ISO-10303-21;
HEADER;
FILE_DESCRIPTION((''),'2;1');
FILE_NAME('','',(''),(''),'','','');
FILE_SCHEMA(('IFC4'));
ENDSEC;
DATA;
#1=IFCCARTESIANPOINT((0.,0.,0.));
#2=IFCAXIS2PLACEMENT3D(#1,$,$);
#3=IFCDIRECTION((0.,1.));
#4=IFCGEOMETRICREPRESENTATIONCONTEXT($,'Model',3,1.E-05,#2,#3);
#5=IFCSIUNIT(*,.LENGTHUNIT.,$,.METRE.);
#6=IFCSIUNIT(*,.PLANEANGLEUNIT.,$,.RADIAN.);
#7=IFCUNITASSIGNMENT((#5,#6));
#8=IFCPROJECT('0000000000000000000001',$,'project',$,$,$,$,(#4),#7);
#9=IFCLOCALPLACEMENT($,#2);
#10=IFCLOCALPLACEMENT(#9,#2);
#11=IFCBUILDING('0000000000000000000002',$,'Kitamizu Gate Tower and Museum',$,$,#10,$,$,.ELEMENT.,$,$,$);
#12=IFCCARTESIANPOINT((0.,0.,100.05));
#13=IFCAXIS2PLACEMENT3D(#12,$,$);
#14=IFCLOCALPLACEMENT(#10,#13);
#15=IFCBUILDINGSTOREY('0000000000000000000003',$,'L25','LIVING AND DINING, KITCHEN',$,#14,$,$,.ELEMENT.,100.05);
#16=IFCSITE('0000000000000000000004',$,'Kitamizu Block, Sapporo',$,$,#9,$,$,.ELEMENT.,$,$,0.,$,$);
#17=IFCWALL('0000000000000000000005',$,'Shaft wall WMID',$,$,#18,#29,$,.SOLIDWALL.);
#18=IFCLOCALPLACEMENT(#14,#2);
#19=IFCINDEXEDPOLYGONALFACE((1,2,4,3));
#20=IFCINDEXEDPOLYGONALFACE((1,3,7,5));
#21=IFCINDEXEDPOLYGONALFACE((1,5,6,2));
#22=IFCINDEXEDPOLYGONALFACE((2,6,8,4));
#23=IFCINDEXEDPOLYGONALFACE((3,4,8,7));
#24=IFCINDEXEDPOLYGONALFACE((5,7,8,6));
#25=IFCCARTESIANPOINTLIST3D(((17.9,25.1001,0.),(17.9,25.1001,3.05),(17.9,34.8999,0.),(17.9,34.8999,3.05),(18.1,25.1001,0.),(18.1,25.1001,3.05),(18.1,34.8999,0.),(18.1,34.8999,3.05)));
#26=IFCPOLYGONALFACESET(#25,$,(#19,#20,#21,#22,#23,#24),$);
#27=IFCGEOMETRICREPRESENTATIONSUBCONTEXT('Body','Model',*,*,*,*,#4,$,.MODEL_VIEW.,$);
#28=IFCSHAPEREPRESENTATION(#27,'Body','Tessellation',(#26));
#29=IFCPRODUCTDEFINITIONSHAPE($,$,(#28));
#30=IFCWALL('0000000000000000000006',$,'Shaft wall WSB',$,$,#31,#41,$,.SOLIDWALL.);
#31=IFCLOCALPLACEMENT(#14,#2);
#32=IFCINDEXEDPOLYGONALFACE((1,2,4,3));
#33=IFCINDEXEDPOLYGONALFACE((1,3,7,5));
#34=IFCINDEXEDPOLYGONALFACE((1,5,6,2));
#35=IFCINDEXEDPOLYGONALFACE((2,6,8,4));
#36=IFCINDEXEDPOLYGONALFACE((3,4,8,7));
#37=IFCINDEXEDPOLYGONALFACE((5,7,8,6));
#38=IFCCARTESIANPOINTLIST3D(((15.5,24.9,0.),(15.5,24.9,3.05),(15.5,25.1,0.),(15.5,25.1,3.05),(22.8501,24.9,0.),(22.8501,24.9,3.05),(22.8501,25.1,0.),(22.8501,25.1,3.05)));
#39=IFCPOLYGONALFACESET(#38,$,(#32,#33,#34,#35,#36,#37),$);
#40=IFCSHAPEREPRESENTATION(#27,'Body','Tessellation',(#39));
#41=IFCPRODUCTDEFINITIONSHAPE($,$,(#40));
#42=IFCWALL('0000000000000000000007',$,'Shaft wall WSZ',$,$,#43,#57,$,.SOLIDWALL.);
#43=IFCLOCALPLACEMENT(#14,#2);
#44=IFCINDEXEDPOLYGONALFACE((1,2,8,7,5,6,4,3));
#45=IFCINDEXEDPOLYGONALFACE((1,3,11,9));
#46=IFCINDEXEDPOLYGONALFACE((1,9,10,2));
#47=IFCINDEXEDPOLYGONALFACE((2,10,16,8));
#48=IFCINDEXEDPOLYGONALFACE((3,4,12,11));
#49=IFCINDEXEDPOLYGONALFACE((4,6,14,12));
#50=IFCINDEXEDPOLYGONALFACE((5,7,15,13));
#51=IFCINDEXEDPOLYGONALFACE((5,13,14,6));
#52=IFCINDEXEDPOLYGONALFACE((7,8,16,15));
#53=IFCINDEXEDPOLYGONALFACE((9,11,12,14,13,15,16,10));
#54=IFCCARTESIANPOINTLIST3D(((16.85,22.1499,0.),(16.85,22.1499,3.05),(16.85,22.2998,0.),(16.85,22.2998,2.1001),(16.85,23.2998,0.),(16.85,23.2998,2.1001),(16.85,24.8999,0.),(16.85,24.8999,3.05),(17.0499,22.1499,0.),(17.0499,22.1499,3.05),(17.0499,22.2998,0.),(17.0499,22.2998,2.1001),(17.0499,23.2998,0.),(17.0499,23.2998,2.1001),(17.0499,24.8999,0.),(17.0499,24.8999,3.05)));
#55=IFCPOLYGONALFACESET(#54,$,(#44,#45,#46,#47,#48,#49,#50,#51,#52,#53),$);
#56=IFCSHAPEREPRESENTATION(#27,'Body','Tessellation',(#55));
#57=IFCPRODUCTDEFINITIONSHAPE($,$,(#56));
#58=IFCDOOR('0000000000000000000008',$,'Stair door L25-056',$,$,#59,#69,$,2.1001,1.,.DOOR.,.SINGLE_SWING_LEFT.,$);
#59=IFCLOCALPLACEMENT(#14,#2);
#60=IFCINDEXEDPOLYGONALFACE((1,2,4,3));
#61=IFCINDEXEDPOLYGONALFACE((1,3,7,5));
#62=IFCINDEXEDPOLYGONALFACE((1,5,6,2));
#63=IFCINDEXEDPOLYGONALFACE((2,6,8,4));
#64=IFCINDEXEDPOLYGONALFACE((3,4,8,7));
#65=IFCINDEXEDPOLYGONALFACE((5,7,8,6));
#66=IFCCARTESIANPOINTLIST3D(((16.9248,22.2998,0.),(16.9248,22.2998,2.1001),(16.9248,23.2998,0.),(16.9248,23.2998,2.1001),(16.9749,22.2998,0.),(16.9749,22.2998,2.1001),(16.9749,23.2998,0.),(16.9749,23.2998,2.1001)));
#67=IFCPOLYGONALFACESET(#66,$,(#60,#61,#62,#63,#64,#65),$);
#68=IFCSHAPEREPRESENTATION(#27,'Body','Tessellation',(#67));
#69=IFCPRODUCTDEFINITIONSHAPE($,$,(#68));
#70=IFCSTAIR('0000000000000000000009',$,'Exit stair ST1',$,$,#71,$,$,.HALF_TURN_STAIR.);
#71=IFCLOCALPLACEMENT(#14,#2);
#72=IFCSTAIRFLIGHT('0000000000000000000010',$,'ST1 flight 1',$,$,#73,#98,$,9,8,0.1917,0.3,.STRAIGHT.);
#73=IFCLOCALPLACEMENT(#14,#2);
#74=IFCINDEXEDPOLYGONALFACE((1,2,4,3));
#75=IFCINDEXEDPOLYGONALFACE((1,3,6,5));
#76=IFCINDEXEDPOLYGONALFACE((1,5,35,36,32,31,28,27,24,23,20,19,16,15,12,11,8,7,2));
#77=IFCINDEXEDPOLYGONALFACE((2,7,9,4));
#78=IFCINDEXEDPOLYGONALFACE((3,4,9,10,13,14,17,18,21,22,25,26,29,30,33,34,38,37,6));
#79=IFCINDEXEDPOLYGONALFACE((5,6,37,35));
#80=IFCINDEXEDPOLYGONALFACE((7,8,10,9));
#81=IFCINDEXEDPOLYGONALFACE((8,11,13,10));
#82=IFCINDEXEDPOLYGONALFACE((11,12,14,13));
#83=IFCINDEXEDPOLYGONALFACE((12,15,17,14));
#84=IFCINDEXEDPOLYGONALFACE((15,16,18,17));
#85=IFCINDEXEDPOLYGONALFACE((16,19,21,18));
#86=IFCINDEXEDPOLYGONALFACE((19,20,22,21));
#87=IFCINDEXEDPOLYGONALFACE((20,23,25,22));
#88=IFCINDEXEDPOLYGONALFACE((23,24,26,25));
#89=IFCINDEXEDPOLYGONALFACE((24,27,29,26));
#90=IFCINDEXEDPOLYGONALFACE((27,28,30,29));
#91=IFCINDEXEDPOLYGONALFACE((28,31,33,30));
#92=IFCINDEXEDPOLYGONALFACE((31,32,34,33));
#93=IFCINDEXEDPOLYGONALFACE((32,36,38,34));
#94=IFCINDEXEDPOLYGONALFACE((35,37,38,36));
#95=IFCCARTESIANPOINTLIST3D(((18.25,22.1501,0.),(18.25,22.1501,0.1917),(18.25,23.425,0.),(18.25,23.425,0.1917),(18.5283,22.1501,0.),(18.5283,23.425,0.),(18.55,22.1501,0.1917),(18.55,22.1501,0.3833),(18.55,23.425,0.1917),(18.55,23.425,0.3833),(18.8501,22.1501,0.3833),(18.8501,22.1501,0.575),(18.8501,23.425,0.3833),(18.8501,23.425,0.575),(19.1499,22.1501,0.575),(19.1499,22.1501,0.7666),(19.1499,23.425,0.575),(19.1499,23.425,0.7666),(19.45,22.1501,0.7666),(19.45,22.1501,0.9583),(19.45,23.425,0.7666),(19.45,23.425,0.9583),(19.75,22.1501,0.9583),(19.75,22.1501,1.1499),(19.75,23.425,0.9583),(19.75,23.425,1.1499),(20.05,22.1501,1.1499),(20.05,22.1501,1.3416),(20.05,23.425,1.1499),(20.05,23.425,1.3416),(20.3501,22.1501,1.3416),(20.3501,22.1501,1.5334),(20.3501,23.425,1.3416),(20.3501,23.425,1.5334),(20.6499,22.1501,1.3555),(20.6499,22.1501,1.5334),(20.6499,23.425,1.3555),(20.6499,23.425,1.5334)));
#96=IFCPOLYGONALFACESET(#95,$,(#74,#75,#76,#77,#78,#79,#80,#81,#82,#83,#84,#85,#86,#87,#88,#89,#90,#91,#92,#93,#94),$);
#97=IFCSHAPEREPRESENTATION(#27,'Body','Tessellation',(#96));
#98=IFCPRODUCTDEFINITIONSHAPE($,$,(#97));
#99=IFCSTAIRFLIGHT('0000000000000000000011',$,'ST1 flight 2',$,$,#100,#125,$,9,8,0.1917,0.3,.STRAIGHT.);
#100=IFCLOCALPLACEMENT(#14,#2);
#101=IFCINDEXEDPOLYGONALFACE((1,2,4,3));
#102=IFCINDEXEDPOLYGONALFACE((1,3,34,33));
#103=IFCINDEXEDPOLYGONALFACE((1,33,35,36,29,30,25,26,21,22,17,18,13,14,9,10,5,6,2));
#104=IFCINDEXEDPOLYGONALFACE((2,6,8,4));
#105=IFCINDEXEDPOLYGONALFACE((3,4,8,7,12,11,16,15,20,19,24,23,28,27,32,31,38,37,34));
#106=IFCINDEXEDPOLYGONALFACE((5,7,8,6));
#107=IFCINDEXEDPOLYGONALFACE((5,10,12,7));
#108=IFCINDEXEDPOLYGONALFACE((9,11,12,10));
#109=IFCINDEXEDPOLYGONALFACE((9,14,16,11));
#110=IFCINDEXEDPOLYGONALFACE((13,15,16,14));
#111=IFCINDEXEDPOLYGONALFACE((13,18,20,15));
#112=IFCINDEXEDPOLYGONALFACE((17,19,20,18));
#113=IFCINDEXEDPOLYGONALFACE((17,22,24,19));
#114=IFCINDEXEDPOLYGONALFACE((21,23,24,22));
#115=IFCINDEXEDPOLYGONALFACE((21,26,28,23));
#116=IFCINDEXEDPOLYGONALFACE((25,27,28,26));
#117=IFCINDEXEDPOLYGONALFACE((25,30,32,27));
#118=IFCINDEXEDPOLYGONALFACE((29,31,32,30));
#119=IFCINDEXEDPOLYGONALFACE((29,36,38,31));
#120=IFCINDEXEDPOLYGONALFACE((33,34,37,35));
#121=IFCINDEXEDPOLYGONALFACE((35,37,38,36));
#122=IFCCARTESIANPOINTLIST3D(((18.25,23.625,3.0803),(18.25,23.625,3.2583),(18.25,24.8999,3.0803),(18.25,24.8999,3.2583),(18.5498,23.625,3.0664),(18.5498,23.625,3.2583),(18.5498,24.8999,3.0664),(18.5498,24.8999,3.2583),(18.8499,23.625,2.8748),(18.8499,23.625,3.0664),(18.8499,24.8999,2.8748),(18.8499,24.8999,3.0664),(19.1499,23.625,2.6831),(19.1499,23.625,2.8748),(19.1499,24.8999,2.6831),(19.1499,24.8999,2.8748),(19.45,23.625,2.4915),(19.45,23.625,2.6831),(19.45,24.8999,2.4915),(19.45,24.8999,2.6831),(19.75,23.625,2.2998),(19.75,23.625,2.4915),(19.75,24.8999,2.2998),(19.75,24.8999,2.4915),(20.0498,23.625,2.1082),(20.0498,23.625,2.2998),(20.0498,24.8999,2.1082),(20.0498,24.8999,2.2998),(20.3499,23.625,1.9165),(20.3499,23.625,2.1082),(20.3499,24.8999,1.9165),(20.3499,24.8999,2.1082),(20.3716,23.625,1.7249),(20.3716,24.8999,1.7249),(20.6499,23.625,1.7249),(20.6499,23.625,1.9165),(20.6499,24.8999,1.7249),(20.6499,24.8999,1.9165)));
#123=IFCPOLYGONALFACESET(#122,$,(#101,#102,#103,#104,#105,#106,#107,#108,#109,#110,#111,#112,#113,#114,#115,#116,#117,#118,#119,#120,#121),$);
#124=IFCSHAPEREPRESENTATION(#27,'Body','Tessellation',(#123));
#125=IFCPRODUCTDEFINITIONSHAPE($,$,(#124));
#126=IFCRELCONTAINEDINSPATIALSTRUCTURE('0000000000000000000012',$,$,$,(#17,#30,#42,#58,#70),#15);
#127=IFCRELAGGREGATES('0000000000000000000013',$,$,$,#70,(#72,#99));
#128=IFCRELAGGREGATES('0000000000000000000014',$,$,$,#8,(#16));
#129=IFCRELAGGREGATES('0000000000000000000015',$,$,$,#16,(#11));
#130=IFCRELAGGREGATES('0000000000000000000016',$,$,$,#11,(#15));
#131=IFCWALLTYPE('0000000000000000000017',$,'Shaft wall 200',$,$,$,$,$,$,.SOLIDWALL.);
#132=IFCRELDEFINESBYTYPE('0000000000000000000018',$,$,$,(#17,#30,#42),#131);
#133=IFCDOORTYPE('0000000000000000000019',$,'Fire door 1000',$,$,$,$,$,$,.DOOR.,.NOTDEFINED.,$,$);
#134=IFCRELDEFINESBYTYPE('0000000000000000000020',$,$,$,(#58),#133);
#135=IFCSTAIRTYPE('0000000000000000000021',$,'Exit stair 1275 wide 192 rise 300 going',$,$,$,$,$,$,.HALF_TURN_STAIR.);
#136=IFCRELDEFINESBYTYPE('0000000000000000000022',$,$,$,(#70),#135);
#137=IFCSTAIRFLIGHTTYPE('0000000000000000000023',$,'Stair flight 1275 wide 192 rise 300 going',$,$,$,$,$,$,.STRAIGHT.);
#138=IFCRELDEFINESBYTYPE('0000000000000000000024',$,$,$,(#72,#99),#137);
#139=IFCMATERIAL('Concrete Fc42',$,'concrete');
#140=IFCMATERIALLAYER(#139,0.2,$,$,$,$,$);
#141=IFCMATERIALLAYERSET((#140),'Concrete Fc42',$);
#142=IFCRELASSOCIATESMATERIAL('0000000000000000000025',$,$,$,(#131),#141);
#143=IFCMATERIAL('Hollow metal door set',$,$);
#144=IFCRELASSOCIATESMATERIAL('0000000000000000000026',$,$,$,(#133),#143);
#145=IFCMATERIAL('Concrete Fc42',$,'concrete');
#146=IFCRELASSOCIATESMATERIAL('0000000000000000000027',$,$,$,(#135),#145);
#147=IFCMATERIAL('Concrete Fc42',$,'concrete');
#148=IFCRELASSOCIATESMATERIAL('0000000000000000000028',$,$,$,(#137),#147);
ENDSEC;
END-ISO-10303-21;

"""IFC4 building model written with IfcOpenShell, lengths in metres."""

from ifc_helpers import new_model, si_unit, direction, frame, frame_2d, origin, place, context, subcontext, project, spatial, polyline, rectangle, outline, extrude, material, layer, layer_set, type_object, element, fill, aggregate, save


model = new_model("IFC4")

# Units and contexts
model_context = context("Model", 3, precision=1e-05, world=origin(), true_north=direction((0.0, 1.0)))
body_context = subcontext(model_context, "Body", "Model", "MODEL_VIEW")
ifc_project = project(units=[si_unit("LENGTHUNIT", "METRE"), si_unit("PLANEANGLEUNIT", "RADIAN")], contexts=[model_context])

# Site, building, storey
site_placement = place(None, origin())
site = spatial("IfcSite", under=ifc_project, at=site_placement, Name="Kitamizu Block, Sapporo", CompositionType="ELEMENT", RefElevation=0.0)
building_placement = place(site_placement, origin())
building = spatial("IfcBuilding", under=site, at=building_placement, Name="Kitamizu Gate Tower and Museum", CompositionType="ELEMENT")
storey_placement = place(building_placement, frame((0.0, 0.0, 100.05)))
storey = spatial("IfcBuildingStorey", under=building, at=storey_placement, Name="L25", Description="LIVING AND DINING, KITCHEN", CompositionType="ELEMENT", Elevation=100.05)

# Shared definitions
ifc_material_1 = material(Name="Concrete Fc42", Category="concrete")
ifc_layer_1 = layer(ifc_material_1, 0.2)
ifc_layer_set_1 = layer_set([ifc_layer_1], Name="Concrete Fc42")
wall_type_1 = type_object("IfcWallType", Name="Shaft wall 200", PredefinedType="SOLIDWALL", material=ifc_layer_set_1)
ifc_material_2 = material(Name="Hollow metal door set")
door_type_1 = type_object("IfcDoorType", Name="Fire door 1000", OperationType="NOTDEFINED", PredefinedType="DOOR", material=ifc_material_2)

# Walls
wall_1_placement = place(storey_placement, frame((18.0, 25.1001, 0.0), z_axis=(0.0, 0.0, 1.0), x_axis=(0.0, 1.0, 0.0)))
element("IfcWall", 1, at=wall_1_placement, inside=storey, type_object=wall_type_1, Name="Shaft wall WMID", PredefinedType="SOLIDWALL", context=body_context, shape_type="SweptSolid", body=[
    extrude(rectangle(XDim=9.7998, YDim=0.2, at=frame_2d((4.8999, 0.0))), origin(), (0.0, 0.0, 1.0), 3.05),
])
wall_2_placement = place(storey_placement, frame((15.5, 25.0, 0.0), z_axis=(0.0, 0.0, 1.0), x_axis=(1.0, 0.0, 0.0)))
element("IfcWall", 2, at=wall_2_placement, inside=storey, type_object=wall_type_1, Name="Shaft wall WSB", PredefinedType="SOLIDWALL", context=body_context, shape_type="SweptSolid", body=[
    extrude(rectangle(XDim=7.3501, YDim=0.2, at=frame_2d((3.675, 0.0))), origin(), (0.0, 0.0, 1.0), 3.05),
])

# Wall, opening, door
wall_3_placement = place(storey_placement, frame((16.95, 22.1499, 0.0), z_axis=(0.0, 0.0, 1.0), x_axis=(0.0, 1.0, 0.0)))
wall_3 = element("IfcWall", 3, at=wall_3_placement, inside=storey, type_object=wall_type_1, Name="Shaft wall WSZ", PredefinedType="SOLIDWALL", context=body_context, shape_type="SweptSolid", body=[
    extrude(rectangle(XDim=2.75, YDim=0.2, at=frame_2d((1.375, 0.0))), origin(), (0.0, 0.0, 1.0), 3.05),
])
opening_1_placement = place(wall_3_placement, frame((0.1499, 0.0, 0.0)))
opening_1 = element("IfcOpeningElement", 4, at=opening_1_placement, cuts=wall_3, PredefinedType="OPENING", context=body_context, shape_type="SweptSolid", body=[
    extrude(rectangle(XDim=1.0, YDim=2.1001, at=frame_2d((0.5, 1.05))), frame((0.0, 0.1099, 0.0), z_axis=(0.0, -1.0, 0.0), x_axis=(1.0, 0.0, 0.0)), (0.0, 0.0, 1.0), 0.22),
])
door_1_placement = place(opening_1_placement, frame((1.0, 0.0, 0.0), x_axis=(-1.0, 0.0, 0.0)))
door_1 = element("IfcDoor", 5, at=door_1_placement, inside=storey, type_object=door_type_1, Name="Stair door L25-056", OperationType="SINGLE_SWING_LEFT", OverallHeight=2.1001, OverallWidth=1.0, PredefinedType="DOOR", context=body_context, shape_type="SweptSolid", body=[
    extrude(rectangle(XDim=1.0, YDim=2.1001, at=frame_2d((0.5, 1.05))), frame((0.0, 0.0249, 0.0), z_axis=(0.0, -1.0, 0.0), x_axis=(1.0, 0.0, 0.0)), (0.0, 0.0, 1.0), 0.05),
])
fill(opening_1, door_1)

# Stair, stair flights
ifc_material_3 = material(Name="Concrete Fc42", Category="concrete")
stair_type = type_object("IfcStairType", Name="Exit stair 1275 wide 192 rise 300 going", PredefinedType="HALF_TURN_STAIR", material=ifc_material_3)
stair_placement = place(storey_placement, origin())
stair = element("IfcStair", 6, at=stair_placement, inside=storey, type_object=stair_type, Name="Exit stair ST1", PredefinedType="HALF_TURN_STAIR")
ifc_material_4 = material(Name="Concrete Fc42", Category="concrete")
stair_flight_type = type_object("IfcStairFlightType", Name="Stair flight 1275 wide 192 rise 300 going", PredefinedType="STRAIGHT", material=ifc_material_4)
stair_flight_1_placement = place(storey_placement, frame((18.25, 22.7876, 0.0), z_axis=(0.0, 0.0, 1.0), x_axis=(1.0, 0.0, 0.0)))
stair_flight_1 = element("IfcStairFlight", 7, at=stair_flight_1_placement, type_object=stair_flight_type, Name="ST1 flight 1", NumberOfRisers=9, NumberOfTreads=8, PredefinedType="STRAIGHT", RiserHeight=0.1917, TreadLength=0.3, context=body_context, shape_type="SweptSolid", body=[
    extrude(outline(polyline([(0.0, 0.0), (0.0, 0.1917), (0.3, 0.1917), (0.3, 0.3833), (0.6001, 0.3833), (0.6001, 0.575), (0.8999, 0.575), (0.8999, 0.7666), (1.2, 0.7666), (1.2, 0.9583), (1.5, 0.9583), (1.5, 1.1499), (1.8, 1.1499), (1.8, 1.3416), (2.1001, 1.3416), (2.1001, 1.5334), (2.3999, 1.5334), (2.3999, 1.7251), (2.3999, 1.3555), (0.2783, 0.0), (0.0, 0.0)])), frame((0.0, 0.6375, 0.0), z_axis=(0.0, -1.0, 0.0), x_axis=(1.0, 0.0, 0.0)), (0.0, 0.0, 1.0), 1.2749),
])
stair_flight_2_placement = place(storey_placement, frame((20.6499, 24.2625, 1.7249), z_axis=(0.0, 0.0, 1.0), x_axis=(-1.0, 0.0, 0.0)))
stair_flight_2 = element("IfcStairFlight", 8, at=stair_flight_2_placement, type_object=stair_flight_type, Name="ST1 flight 2", NumberOfRisers=9, NumberOfTreads=8, PredefinedType="STRAIGHT", RiserHeight=0.1917, TreadLength=0.3, context=body_context, shape_type="SweptSolid", body=[
    extrude(outline(polyline([(0.0, 0.0), (0.0, 0.1917), (0.3, 0.1917), (0.3, 0.3833), (0.6001, 0.3833), (0.6001, 0.575), (0.8999, 0.575), (0.8999, 0.7666), (1.2, 0.7666), (1.2, 0.9583), (1.5, 0.9583), (1.5, 1.1499), (1.8, 1.1499), (1.8, 1.3416), (2.1001, 1.3416), (2.1001, 1.5334), (2.3999, 1.5334), (2.3999, 1.7251), (2.3999, 1.3555), (0.2783, 0.0), (0.0, 0.0)])), frame((0.0, 0.6375, 0.0), z_axis=(0.0, -1.0, 0.0), x_axis=(1.0, 0.0, 0.0)), (0.0, 0.0, 1.0), 1.2749),
])
aggregate(stair, [stair_flight_1, stair_flight_2])

save(model, "model.ifc")
